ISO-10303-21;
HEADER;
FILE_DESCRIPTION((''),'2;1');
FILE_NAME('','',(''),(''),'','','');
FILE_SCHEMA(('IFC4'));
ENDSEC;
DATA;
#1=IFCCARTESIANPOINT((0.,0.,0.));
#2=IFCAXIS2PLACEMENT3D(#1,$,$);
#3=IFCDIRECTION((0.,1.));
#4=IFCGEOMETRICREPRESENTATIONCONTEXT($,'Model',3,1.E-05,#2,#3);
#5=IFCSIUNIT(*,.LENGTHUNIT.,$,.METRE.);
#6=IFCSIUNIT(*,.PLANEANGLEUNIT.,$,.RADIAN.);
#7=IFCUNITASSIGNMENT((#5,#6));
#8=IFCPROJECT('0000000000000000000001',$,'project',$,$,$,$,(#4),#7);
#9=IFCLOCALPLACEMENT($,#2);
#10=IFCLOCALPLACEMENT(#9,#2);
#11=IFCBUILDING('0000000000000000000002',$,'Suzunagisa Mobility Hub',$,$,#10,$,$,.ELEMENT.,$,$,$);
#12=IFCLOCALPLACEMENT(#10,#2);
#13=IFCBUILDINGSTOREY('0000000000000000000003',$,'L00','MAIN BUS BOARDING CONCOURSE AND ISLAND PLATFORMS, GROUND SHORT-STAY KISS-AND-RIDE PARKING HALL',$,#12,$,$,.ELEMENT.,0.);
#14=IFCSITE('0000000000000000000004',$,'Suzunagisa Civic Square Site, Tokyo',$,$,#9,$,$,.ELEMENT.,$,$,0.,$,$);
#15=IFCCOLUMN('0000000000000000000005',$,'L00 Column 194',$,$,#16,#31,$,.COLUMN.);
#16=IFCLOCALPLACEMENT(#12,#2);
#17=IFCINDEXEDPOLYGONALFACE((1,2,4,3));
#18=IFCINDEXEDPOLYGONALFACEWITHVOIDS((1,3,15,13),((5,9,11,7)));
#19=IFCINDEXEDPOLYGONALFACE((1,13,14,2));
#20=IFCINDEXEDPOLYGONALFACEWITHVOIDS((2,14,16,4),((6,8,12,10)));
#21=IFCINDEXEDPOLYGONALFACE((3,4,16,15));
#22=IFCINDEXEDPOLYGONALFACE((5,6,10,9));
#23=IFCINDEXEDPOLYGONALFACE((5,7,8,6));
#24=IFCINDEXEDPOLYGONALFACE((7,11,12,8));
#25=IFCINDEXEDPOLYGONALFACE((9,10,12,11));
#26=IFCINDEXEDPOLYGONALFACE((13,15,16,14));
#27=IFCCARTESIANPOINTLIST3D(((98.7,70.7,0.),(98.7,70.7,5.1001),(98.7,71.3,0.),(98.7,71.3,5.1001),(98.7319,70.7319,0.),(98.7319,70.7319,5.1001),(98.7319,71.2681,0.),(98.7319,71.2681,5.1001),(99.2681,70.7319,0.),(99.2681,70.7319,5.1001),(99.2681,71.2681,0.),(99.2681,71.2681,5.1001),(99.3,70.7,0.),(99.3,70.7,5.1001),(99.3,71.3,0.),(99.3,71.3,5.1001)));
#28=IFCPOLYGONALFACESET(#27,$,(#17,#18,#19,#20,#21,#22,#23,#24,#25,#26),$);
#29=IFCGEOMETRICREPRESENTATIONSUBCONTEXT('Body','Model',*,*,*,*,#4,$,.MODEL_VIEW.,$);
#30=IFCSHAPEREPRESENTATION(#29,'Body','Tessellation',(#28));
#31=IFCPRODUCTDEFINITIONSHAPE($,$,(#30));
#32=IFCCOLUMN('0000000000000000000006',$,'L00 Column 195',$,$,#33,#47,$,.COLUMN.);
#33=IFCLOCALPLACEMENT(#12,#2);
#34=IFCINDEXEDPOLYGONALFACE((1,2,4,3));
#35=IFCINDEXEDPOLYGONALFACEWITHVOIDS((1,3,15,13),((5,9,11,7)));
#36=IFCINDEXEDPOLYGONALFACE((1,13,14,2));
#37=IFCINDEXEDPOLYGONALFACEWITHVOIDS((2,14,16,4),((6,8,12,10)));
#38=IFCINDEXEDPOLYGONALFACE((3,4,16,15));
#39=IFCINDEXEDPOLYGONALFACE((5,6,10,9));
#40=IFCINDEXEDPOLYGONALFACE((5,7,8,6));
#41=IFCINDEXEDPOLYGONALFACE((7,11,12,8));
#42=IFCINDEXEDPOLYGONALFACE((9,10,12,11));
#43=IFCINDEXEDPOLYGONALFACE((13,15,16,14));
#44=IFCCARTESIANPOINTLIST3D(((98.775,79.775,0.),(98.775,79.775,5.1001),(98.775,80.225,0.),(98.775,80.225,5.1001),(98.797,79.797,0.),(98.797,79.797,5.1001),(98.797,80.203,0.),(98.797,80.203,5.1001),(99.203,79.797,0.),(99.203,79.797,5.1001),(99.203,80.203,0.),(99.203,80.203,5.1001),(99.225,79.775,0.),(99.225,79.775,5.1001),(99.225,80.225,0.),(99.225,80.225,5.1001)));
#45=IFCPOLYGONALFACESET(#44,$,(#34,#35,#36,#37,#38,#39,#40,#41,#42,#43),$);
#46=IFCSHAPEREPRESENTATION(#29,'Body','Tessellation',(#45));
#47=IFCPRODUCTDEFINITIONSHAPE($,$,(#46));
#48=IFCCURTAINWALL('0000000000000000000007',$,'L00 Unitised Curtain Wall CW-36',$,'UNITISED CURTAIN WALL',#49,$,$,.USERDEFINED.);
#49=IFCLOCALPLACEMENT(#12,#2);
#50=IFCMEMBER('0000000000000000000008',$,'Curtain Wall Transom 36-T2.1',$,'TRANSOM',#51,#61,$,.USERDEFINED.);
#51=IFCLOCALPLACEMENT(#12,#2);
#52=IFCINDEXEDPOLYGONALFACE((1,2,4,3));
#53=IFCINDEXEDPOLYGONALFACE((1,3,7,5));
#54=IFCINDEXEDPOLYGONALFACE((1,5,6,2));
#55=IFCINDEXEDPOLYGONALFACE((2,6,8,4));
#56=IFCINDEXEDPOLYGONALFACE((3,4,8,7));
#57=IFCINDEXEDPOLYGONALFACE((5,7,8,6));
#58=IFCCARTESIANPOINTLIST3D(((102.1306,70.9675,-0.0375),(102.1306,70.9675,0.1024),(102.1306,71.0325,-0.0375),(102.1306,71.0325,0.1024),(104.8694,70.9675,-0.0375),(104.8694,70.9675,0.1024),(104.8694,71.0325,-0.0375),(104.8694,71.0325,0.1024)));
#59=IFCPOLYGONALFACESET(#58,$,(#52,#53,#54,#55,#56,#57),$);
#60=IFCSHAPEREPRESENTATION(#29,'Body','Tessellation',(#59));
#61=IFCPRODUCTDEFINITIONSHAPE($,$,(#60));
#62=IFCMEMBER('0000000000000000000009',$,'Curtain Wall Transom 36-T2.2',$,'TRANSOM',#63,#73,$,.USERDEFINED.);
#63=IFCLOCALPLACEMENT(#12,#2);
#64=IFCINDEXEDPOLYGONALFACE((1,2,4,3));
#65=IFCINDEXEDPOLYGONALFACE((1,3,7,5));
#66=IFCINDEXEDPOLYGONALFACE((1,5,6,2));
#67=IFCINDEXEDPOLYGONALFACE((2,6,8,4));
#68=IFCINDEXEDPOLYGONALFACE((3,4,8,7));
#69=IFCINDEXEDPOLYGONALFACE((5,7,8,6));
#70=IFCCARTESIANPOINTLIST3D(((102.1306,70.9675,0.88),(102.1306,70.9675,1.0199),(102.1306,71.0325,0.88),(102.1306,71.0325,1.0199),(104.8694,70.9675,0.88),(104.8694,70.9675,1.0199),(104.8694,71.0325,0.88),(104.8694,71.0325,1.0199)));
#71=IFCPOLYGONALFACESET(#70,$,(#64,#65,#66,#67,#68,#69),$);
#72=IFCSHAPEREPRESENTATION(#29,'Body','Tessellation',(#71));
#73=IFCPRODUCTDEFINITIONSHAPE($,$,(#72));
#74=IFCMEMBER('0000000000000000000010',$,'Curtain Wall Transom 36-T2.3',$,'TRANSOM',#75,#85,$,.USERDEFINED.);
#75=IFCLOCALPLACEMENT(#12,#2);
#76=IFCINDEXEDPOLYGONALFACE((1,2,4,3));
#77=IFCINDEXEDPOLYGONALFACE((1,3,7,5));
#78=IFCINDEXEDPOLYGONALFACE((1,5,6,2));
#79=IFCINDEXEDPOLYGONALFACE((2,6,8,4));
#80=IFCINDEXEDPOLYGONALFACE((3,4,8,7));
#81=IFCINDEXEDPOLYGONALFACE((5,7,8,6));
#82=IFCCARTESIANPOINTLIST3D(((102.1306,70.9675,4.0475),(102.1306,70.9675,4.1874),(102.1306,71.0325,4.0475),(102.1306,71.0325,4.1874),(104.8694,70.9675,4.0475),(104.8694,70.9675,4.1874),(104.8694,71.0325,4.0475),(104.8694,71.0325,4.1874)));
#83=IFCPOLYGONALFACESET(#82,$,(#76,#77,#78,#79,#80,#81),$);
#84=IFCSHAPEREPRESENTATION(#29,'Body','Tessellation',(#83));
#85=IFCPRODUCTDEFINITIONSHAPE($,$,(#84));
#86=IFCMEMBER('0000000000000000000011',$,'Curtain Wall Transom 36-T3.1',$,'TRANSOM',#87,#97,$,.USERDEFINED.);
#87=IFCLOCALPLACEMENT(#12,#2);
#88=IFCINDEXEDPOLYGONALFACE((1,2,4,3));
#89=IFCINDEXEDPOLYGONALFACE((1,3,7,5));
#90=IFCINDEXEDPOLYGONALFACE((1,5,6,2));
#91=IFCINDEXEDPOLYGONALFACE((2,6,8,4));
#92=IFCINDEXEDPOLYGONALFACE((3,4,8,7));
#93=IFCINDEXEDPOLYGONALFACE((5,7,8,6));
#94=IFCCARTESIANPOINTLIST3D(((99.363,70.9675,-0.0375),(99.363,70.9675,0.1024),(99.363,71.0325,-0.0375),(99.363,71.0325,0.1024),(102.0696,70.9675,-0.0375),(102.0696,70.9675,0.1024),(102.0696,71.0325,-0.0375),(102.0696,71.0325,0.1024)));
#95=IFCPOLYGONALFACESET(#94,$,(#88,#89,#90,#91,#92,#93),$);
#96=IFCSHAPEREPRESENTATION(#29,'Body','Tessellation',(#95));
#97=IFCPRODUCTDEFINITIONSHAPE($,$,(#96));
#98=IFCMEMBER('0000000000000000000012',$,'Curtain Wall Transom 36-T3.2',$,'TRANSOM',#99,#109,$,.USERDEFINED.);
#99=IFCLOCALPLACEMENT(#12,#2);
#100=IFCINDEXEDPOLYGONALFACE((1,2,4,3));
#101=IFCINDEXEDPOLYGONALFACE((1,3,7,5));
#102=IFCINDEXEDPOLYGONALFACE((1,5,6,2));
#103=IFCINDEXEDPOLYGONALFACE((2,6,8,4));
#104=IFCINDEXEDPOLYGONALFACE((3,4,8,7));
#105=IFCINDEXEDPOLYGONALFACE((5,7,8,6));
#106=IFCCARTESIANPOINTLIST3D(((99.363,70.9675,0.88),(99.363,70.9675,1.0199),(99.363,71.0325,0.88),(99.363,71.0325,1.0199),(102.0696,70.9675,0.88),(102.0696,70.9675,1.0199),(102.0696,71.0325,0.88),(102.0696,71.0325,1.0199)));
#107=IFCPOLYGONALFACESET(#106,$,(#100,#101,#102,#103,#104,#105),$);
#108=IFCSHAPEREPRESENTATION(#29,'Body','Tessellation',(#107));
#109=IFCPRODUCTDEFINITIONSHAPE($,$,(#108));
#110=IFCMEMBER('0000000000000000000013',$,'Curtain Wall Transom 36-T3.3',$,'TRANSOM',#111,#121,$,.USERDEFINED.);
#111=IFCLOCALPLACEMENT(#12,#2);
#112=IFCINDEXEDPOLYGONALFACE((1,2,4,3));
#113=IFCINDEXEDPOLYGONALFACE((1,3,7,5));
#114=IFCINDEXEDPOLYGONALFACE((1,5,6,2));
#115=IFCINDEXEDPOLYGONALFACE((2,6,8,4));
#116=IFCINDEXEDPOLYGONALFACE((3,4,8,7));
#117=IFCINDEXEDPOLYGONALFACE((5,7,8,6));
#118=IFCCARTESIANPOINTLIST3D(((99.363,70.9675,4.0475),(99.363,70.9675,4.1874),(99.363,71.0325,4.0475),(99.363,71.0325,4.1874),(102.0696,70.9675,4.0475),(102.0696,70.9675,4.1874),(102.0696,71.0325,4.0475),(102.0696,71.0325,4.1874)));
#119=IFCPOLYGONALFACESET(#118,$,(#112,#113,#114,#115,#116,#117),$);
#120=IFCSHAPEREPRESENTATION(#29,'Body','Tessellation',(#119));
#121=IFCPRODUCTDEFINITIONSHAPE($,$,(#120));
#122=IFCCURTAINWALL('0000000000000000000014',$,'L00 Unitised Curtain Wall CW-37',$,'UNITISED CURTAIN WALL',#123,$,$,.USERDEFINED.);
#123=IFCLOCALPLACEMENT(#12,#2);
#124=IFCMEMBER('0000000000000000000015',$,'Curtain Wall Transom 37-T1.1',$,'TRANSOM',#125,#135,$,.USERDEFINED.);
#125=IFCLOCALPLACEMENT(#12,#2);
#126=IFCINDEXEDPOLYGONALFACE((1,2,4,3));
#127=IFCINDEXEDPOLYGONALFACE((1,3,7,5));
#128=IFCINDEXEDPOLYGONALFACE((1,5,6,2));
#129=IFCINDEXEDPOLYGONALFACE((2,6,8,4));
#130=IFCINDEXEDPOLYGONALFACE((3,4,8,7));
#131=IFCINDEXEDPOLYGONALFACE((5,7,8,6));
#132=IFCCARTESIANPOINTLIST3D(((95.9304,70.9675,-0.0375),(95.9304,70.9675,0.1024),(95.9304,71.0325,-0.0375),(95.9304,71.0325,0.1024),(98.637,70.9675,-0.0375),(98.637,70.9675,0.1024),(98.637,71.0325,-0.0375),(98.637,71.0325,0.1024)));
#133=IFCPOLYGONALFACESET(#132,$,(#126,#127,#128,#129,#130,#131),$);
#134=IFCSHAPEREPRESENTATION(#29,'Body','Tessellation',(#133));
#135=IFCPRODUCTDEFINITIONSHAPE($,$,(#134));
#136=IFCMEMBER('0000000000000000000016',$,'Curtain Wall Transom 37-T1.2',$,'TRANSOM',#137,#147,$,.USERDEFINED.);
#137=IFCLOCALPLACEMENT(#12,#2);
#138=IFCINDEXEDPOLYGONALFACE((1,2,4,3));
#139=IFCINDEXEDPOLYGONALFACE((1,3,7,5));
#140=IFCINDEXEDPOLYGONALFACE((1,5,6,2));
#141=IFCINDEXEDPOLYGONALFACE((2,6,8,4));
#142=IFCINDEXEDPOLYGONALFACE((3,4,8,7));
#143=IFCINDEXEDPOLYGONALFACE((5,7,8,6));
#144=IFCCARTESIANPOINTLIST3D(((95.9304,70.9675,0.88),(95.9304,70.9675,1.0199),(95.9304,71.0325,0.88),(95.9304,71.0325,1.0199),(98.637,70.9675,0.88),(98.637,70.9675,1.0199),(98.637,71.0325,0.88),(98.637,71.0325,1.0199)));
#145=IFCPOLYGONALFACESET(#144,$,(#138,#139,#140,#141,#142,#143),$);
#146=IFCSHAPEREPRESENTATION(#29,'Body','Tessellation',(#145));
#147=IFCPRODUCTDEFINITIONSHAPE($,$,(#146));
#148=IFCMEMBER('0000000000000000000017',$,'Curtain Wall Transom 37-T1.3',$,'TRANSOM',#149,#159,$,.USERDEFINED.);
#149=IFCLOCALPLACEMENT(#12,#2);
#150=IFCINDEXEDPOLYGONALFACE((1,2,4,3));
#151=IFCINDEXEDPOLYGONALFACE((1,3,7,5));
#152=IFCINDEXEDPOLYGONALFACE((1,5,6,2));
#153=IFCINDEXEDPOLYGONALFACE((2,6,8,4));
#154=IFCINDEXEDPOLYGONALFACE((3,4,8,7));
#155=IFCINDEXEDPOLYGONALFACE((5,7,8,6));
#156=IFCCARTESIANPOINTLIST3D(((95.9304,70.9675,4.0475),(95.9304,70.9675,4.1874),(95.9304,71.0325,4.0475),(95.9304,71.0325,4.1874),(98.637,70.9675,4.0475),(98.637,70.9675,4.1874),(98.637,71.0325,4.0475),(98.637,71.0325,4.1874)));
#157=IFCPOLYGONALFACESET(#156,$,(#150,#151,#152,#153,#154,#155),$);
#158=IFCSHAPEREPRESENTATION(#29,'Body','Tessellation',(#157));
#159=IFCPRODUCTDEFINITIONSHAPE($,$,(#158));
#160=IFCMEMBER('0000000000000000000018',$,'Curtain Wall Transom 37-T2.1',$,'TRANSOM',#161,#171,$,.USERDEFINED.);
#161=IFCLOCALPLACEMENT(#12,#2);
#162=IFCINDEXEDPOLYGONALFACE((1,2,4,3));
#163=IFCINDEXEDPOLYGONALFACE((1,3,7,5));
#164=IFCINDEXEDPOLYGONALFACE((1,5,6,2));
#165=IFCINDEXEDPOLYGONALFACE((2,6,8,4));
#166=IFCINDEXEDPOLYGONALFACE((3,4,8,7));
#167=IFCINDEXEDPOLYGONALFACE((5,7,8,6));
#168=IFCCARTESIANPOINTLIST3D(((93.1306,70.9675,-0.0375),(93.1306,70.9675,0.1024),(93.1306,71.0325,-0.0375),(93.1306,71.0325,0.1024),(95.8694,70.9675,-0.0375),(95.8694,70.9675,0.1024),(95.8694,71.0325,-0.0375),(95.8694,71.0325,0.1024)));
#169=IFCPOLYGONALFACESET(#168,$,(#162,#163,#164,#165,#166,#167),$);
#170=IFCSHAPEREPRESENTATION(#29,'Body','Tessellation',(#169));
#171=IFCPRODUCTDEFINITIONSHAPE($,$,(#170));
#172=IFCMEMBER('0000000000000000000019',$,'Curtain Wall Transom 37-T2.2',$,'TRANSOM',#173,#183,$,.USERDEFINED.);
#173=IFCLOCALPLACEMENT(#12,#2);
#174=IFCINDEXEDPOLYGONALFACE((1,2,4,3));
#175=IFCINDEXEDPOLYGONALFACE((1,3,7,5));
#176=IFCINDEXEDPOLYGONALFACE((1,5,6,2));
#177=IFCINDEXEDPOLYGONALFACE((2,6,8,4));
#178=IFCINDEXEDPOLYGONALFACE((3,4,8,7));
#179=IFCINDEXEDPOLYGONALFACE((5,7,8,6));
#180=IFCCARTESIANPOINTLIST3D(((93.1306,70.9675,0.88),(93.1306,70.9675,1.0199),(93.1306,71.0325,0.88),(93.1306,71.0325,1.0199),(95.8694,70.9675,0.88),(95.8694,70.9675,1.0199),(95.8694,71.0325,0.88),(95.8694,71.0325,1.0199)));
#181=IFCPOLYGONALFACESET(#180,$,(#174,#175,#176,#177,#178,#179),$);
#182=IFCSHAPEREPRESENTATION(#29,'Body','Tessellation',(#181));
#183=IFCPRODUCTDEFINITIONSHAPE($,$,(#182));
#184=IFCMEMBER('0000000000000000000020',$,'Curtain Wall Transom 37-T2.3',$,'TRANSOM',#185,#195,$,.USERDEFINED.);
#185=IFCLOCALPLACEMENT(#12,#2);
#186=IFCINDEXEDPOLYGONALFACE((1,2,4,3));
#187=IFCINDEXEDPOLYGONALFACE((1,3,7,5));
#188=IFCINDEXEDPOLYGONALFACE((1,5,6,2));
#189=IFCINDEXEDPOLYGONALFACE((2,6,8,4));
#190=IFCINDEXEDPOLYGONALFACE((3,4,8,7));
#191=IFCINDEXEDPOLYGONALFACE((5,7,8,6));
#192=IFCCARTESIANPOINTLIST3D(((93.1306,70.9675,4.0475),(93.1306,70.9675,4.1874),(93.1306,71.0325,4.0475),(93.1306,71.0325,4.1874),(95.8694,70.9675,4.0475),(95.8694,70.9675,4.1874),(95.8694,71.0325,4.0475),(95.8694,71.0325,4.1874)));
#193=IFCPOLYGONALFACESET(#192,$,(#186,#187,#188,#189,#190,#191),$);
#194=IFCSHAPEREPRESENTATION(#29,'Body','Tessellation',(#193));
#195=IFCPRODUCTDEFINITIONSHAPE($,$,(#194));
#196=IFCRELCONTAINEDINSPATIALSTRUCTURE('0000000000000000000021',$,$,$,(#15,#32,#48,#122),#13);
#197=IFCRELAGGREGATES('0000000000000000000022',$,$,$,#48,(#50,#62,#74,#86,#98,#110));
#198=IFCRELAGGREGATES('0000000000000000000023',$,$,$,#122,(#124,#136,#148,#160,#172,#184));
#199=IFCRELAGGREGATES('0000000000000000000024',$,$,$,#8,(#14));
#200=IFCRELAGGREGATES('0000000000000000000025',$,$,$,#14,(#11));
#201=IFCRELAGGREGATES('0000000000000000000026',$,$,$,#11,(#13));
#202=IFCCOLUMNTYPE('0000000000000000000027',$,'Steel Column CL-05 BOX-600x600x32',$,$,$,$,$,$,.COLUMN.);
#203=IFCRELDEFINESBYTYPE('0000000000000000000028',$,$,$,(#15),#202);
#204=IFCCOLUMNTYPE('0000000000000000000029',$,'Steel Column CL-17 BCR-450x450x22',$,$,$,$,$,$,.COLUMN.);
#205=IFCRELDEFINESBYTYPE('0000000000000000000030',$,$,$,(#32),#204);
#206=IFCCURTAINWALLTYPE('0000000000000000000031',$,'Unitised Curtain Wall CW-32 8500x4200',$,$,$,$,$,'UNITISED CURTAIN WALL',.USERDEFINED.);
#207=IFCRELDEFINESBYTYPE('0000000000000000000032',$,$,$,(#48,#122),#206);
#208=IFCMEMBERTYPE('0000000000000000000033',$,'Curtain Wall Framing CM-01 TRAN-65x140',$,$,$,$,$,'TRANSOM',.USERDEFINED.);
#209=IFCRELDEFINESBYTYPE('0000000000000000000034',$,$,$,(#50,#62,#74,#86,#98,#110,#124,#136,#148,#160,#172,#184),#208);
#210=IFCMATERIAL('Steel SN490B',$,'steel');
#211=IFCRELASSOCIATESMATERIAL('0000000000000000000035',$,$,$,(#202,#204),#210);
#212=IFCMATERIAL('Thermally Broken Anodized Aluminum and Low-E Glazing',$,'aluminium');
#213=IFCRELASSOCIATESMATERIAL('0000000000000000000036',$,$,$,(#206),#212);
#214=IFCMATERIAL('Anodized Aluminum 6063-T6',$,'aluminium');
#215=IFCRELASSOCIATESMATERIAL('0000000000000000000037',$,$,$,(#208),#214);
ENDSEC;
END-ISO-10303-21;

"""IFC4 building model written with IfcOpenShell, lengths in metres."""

from ifc_helpers import new_model, si_unit, direction, frame, origin, origin_2d, place, context, subcontext, project, spatial, rectangle, hollow_rectangle, extrude, material, material_profile, profile_set, type_object, element, aggregate, save


model = new_model("IFC4")

# Units and contexts
model_context = context("Model", 3, precision=1e-05, world=origin(), true_north=direction((0.0, 1.0)))
body_context = subcontext(model_context, "Body", "Model", "MODEL_VIEW")
ifc_project = project(units=[si_unit("LENGTHUNIT", "METRE"), si_unit("PLANEANGLEUNIT", "RADIAN")], contexts=[model_context])

# Site, building, storey
site_placement = place(None, origin())
site = spatial("IfcSite", under=ifc_project, at=site_placement, Name="Suzunagisa Civic Square Site, Tokyo", CompositionType="ELEMENT", RefElevation=0.0)
building_placement = place(site_placement, origin())
building = spatial("IfcBuilding", under=site, at=building_placement, Name="Suzunagisa Mobility Hub", CompositionType="ELEMENT")
storey_placement = place(building_placement, origin())
storey = spatial("IfcBuildingStorey", under=building, at=storey_placement, Name="L00", Description="MAIN BUS BOARDING CONCOURSE AND ISLAND PLATFORMS, GROUND SHORT-STAY KISS-AND-RIDE PARKING HALL", CompositionType="ELEMENT", Elevation=0.0)

# Columns
ifc_material_1 = material(Name="Steel SN490B", Category="steel")
ifc_material_profile_1 = material_profile(ifc_material_1, hollow_rectangle(XDim=0.6001, YDim=0.6001, WallThickness=0.032, at=origin_2d()), Name="BOX-600x600x32")
ifc_profile_set_1 = profile_set([ifc_material_profile_1], Name="Steel SN490B")
column_type_1 = type_object("IfcColumnType", Name="Steel Column CL-05 BOX-600x600x32", PredefinedType="COLUMN", material=ifc_profile_set_1)
column_1_placement = place(storey_placement, frame((99.0, 71.0, 0.0), z_axis=(0.0, 0.0, 1.0), x_axis=(1.0, 0.0, 0.0)))
element("IfcColumn", 1, at=column_1_placement, inside=storey, type_object=column_type_1, Name="L00 Column 194", PredefinedType="COLUMN", context=body_context, shape_type="SweptSolid", body=[
    extrude(hollow_rectangle(XDim=0.6001, YDim=0.6001, WallThickness=0.032, at=origin_2d()), origin(), (0.0, 0.0, 1.0), 5.1001),
])
ifc_material_profile_2 = material_profile(ifc_material_1, hollow_rectangle(XDim=0.45, YDim=0.45, WallThickness=0.022, at=origin_2d()), Name="BCR-450x450x22")
ifc_profile_set_2 = profile_set([ifc_material_profile_2], Name="Steel SN490B")
column_type_2 = type_object("IfcColumnType", Name="Steel Column CL-17 BCR-450x450x22", PredefinedType="COLUMN", material=ifc_profile_set_2)
column_2_placement = place(storey_placement, frame((99.0, 80.0, 0.0), z_axis=(0.0, 0.0, 1.0), x_axis=(1.0, 0.0, 0.0)))
element("IfcColumn", 2, at=column_2_placement, inside=storey, type_object=column_type_2, Name="L00 Column 195", PredefinedType="COLUMN", context=body_context, shape_type="SweptSolid", body=[
    extrude(hollow_rectangle(XDim=0.45, YDim=0.45, WallThickness=0.022, at=origin_2d()), origin(), (0.0, 0.0, 1.0), 5.1001),
])

# Curtain walls, members
ifc_material_2 = material(Name="Thermally Broken Anodized Aluminum and Low-E Glazing", Category="aluminium")
curtain_wall_type = type_object("IfcCurtainWallType", Name="Unitised Curtain Wall CW-32 8500x4200", ElementType="UNITISED CURTAIN WALL", PredefinedType="USERDEFINED", material=ifc_material_2)
curtain_wall_1_placement = place(storey_placement, origin())
curtain_wall_1 = element("IfcCurtainWall", 3, at=curtain_wall_1_placement, inside=storey, type_object=curtain_wall_type, Name="L00 Unitised Curtain Wall CW-36", ObjectType="UNITISED CURTAIN WALL", PredefinedType="USERDEFINED")
ifc_material_3 = material(Name="Anodized Aluminum 6063-T6", Category="aluminium")
ifc_material_profile_3 = material_profile(ifc_material_3, rectangle(XDim=0.0649, YDim=0.1399, at=origin_2d()), Name="TRAN-65x140")
ifc_profile_set_3 = profile_set([ifc_material_profile_3], Name="Anodized Aluminum 6063-T6")
member_type_1 = type_object("IfcMemberType", Name="Curtain Wall Framing CM-01 TRAN-65x140", ElementType="TRANSOM", PredefinedType="USERDEFINED", material=ifc_profile_set_3)
member_1_placement = place(storey_placement, frame((104.8694, 71.0, 0.0325), z_axis=(-1.0, 0.0, 0.0), x_axis=(0.0, -1.0, 0.0)))
member_1 = element("IfcMember", 4, at=member_1_placement, type_object=member_type_1, Name="Curtain Wall Transom 36-T2.1", ObjectType="TRANSOM", PredefinedType="USERDEFINED", context=body_context, shape_type="SweptSolid", body=[
    extrude(rectangle(XDim=0.0649, YDim=0.1399, at=origin_2d()), origin(), (0.0, 0.0, 1.0), 2.7388),
])
member_2_placement = place(storey_placement, frame((104.8694, 71.0, 0.95), z_axis=(-1.0, 0.0, 0.0), x_axis=(0.0, -1.0, 0.0)))
member_2 = element("IfcMember", 5, at=member_2_placement, type_object=member_type_1, Name="Curtain Wall Transom 36-T2.2", ObjectType="TRANSOM", PredefinedType="USERDEFINED", context=body_context, shape_type="SweptSolid", body=[
    extrude(rectangle(XDim=0.0649, YDim=0.1399, at=origin_2d()), origin(), (0.0, 0.0, 1.0), 2.7388),
])
member_3_placement = place(storey_placement, frame((104.8694, 71.0, 4.1174), z_axis=(-1.0, 0.0, 0.0), x_axis=(0.0, -1.0, 0.0)))
member_3 = element("IfcMember", 6, at=member_3_placement, type_object=member_type_1, Name="Curtain Wall Transom 36-T2.3", ObjectType="TRANSOM", PredefinedType="USERDEFINED", context=body_context, shape_type="SweptSolid", body=[
    extrude(rectangle(XDim=0.0649, YDim=0.1399, at=origin_2d()), origin(), (0.0, 0.0, 1.0), 2.7388),
])
member_4_placement = place(storey_placement, frame((102.0696, 71.0, 0.0325), z_axis=(-1.0, 0.0, 0.0), x_axis=(0.0, -1.0, 0.0)))
member_4 = element("IfcMember", 7, at=member_4_placement, type_object=member_type_1, Name="Curtain Wall Transom 36-T3.1", ObjectType="TRANSOM", PredefinedType="USERDEFINED", context=body_context, shape_type="SweptSolid", body=[
    extrude(rectangle(XDim=0.0649, YDim=0.1399, at=origin_2d()), origin(), (0.0, 0.0, 1.0), 2.7065),
])
member_5_placement = place(storey_placement, frame((102.0696, 71.0, 0.95), z_axis=(-1.0, 0.0, 0.0), x_axis=(0.0, -1.0, 0.0)))
member_5 = element("IfcMember", 8, at=member_5_placement, type_object=member_type_1, Name="Curtain Wall Transom 36-T3.2", ObjectType="TRANSOM", PredefinedType="USERDEFINED", context=body_context, shape_type="SweptSolid", body=[
    extrude(rectangle(XDim=0.0649, YDim=0.1399, at=origin_2d()), origin(), (0.0, 0.0, 1.0), 2.7065),
])
member_6_placement = place(storey_placement, frame((102.0696, 71.0, 4.1174), z_axis=(-1.0, 0.0, 0.0), x_axis=(0.0, -1.0, 0.0)))
member_6 = element("IfcMember", 9, at=member_6_placement, type_object=member_type_1, Name="Curtain Wall Transom 36-T3.3", ObjectType="TRANSOM", PredefinedType="USERDEFINED", context=body_context, shape_type="SweptSolid", body=[
    extrude(rectangle(XDim=0.0649, YDim=0.1399, at=origin_2d()), origin(), (0.0, 0.0, 1.0), 2.7065),
])
curtain_wall_2_placement = place(storey_placement, origin())
curtain_wall_2 = element("IfcCurtainWall", 10, at=curtain_wall_2_placement, inside=storey, type_object=curtain_wall_type, Name="L00 Unitised Curtain Wall CW-37", ObjectType="UNITISED CURTAIN WALL", PredefinedType="USERDEFINED")
member_7_placement = place(storey_placement, frame((98.637, 71.0, 0.0325), z_axis=(-1.0, 0.0, 0.0), x_axis=(0.0, -1.0, 0.0)))
member_7 = element("IfcMember", 11, at=member_7_placement, type_object=member_type_1, Name="Curtain Wall Transom 37-T1.1", ObjectType="TRANSOM", PredefinedType="USERDEFINED", context=body_context, shape_type="SweptSolid", body=[
    extrude(rectangle(XDim=0.0649, YDim=0.1399, at=origin_2d()), origin(), (0.0, 0.0, 1.0), 2.7065),
])
member_8_placement = place(storey_placement, frame((98.637, 71.0, 0.95), z_axis=(-1.0, 0.0, 0.0), x_axis=(0.0, -1.0, 0.0)))
member_8 = element("IfcMember", 12, at=member_8_placement, type_object=member_type_1, Name="Curtain Wall Transom 37-T1.2", ObjectType="TRANSOM", PredefinedType="USERDEFINED", context=body_context, shape_type="SweptSolid", body=[
    extrude(rectangle(XDim=0.0649, YDim=0.1399, at=origin_2d()), origin(), (0.0, 0.0, 1.0), 2.7065),
])
member_9_placement = place(storey_placement, frame((98.637, 71.0, 4.1174), z_axis=(-1.0, 0.0, 0.0), x_axis=(0.0, -1.0, 0.0)))
member_9 = element("IfcMember", 13, at=member_9_placement, type_object=member_type_1, Name="Curtain Wall Transom 37-T1.3", ObjectType="TRANSOM", PredefinedType="USERDEFINED", context=body_context, shape_type="SweptSolid", body=[
    extrude(rectangle(XDim=0.0649, YDim=0.1399, at=origin_2d()), origin(), (0.0, 0.0, 1.0), 2.7065),
])
member_10_placement = place(storey_placement, frame((95.8694, 71.0, 0.0325), z_axis=(-1.0, 0.0, 0.0), x_axis=(0.0, -1.0, 0.0)))
member_10 = element("IfcMember", 14, at=member_10_placement, type_object=member_type_1, Name="Curtain Wall Transom 37-T2.1", ObjectType="TRANSOM", PredefinedType="USERDEFINED", context=body_context, shape_type="SweptSolid", body=[
    extrude(rectangle(XDim=0.0649, YDim=0.1399, at=origin_2d()), origin(), (0.0, 0.0, 1.0), 2.7388),
])
member_11_placement = place(storey_placement, frame((95.8694, 71.0, 0.95), z_axis=(-1.0, 0.0, 0.0), x_axis=(0.0, -1.0, 0.0)))
member_11 = element("IfcMember", 15, at=member_11_placement, type_object=member_type_1, Name="Curtain Wall Transom 37-T2.2", ObjectType="TRANSOM", PredefinedType="USERDEFINED", context=body_context, shape_type="SweptSolid", body=[
    extrude(rectangle(XDim=0.0649, YDim=0.1399, at=origin_2d()), origin(), (0.0, 0.0, 1.0), 2.7388),
])
member_12_placement = place(storey_placement, frame((95.8694, 71.0, 4.1174), z_axis=(-1.0, 0.0, 0.0), x_axis=(0.0, -1.0, 0.0)))
member_12 = element("IfcMember", 16, at=member_12_placement, type_object=member_type_1, Name="Curtain Wall Transom 37-T2.3", ObjectType="TRANSOM", PredefinedType="USERDEFINED", context=body_context, shape_type="SweptSolid", body=[
    extrude(rectangle(XDim=0.0649, YDim=0.1399, at=origin_2d()), origin(), (0.0, 0.0, 1.0), 2.7388),
])

aggregate(curtain_wall_1, [member_1, member_2, member_3, member_4, member_5, member_6])
aggregate(curtain_wall_2, [member_7, member_8, member_9, member_10, member_11, member_12])

save(model, "model.ifc")
